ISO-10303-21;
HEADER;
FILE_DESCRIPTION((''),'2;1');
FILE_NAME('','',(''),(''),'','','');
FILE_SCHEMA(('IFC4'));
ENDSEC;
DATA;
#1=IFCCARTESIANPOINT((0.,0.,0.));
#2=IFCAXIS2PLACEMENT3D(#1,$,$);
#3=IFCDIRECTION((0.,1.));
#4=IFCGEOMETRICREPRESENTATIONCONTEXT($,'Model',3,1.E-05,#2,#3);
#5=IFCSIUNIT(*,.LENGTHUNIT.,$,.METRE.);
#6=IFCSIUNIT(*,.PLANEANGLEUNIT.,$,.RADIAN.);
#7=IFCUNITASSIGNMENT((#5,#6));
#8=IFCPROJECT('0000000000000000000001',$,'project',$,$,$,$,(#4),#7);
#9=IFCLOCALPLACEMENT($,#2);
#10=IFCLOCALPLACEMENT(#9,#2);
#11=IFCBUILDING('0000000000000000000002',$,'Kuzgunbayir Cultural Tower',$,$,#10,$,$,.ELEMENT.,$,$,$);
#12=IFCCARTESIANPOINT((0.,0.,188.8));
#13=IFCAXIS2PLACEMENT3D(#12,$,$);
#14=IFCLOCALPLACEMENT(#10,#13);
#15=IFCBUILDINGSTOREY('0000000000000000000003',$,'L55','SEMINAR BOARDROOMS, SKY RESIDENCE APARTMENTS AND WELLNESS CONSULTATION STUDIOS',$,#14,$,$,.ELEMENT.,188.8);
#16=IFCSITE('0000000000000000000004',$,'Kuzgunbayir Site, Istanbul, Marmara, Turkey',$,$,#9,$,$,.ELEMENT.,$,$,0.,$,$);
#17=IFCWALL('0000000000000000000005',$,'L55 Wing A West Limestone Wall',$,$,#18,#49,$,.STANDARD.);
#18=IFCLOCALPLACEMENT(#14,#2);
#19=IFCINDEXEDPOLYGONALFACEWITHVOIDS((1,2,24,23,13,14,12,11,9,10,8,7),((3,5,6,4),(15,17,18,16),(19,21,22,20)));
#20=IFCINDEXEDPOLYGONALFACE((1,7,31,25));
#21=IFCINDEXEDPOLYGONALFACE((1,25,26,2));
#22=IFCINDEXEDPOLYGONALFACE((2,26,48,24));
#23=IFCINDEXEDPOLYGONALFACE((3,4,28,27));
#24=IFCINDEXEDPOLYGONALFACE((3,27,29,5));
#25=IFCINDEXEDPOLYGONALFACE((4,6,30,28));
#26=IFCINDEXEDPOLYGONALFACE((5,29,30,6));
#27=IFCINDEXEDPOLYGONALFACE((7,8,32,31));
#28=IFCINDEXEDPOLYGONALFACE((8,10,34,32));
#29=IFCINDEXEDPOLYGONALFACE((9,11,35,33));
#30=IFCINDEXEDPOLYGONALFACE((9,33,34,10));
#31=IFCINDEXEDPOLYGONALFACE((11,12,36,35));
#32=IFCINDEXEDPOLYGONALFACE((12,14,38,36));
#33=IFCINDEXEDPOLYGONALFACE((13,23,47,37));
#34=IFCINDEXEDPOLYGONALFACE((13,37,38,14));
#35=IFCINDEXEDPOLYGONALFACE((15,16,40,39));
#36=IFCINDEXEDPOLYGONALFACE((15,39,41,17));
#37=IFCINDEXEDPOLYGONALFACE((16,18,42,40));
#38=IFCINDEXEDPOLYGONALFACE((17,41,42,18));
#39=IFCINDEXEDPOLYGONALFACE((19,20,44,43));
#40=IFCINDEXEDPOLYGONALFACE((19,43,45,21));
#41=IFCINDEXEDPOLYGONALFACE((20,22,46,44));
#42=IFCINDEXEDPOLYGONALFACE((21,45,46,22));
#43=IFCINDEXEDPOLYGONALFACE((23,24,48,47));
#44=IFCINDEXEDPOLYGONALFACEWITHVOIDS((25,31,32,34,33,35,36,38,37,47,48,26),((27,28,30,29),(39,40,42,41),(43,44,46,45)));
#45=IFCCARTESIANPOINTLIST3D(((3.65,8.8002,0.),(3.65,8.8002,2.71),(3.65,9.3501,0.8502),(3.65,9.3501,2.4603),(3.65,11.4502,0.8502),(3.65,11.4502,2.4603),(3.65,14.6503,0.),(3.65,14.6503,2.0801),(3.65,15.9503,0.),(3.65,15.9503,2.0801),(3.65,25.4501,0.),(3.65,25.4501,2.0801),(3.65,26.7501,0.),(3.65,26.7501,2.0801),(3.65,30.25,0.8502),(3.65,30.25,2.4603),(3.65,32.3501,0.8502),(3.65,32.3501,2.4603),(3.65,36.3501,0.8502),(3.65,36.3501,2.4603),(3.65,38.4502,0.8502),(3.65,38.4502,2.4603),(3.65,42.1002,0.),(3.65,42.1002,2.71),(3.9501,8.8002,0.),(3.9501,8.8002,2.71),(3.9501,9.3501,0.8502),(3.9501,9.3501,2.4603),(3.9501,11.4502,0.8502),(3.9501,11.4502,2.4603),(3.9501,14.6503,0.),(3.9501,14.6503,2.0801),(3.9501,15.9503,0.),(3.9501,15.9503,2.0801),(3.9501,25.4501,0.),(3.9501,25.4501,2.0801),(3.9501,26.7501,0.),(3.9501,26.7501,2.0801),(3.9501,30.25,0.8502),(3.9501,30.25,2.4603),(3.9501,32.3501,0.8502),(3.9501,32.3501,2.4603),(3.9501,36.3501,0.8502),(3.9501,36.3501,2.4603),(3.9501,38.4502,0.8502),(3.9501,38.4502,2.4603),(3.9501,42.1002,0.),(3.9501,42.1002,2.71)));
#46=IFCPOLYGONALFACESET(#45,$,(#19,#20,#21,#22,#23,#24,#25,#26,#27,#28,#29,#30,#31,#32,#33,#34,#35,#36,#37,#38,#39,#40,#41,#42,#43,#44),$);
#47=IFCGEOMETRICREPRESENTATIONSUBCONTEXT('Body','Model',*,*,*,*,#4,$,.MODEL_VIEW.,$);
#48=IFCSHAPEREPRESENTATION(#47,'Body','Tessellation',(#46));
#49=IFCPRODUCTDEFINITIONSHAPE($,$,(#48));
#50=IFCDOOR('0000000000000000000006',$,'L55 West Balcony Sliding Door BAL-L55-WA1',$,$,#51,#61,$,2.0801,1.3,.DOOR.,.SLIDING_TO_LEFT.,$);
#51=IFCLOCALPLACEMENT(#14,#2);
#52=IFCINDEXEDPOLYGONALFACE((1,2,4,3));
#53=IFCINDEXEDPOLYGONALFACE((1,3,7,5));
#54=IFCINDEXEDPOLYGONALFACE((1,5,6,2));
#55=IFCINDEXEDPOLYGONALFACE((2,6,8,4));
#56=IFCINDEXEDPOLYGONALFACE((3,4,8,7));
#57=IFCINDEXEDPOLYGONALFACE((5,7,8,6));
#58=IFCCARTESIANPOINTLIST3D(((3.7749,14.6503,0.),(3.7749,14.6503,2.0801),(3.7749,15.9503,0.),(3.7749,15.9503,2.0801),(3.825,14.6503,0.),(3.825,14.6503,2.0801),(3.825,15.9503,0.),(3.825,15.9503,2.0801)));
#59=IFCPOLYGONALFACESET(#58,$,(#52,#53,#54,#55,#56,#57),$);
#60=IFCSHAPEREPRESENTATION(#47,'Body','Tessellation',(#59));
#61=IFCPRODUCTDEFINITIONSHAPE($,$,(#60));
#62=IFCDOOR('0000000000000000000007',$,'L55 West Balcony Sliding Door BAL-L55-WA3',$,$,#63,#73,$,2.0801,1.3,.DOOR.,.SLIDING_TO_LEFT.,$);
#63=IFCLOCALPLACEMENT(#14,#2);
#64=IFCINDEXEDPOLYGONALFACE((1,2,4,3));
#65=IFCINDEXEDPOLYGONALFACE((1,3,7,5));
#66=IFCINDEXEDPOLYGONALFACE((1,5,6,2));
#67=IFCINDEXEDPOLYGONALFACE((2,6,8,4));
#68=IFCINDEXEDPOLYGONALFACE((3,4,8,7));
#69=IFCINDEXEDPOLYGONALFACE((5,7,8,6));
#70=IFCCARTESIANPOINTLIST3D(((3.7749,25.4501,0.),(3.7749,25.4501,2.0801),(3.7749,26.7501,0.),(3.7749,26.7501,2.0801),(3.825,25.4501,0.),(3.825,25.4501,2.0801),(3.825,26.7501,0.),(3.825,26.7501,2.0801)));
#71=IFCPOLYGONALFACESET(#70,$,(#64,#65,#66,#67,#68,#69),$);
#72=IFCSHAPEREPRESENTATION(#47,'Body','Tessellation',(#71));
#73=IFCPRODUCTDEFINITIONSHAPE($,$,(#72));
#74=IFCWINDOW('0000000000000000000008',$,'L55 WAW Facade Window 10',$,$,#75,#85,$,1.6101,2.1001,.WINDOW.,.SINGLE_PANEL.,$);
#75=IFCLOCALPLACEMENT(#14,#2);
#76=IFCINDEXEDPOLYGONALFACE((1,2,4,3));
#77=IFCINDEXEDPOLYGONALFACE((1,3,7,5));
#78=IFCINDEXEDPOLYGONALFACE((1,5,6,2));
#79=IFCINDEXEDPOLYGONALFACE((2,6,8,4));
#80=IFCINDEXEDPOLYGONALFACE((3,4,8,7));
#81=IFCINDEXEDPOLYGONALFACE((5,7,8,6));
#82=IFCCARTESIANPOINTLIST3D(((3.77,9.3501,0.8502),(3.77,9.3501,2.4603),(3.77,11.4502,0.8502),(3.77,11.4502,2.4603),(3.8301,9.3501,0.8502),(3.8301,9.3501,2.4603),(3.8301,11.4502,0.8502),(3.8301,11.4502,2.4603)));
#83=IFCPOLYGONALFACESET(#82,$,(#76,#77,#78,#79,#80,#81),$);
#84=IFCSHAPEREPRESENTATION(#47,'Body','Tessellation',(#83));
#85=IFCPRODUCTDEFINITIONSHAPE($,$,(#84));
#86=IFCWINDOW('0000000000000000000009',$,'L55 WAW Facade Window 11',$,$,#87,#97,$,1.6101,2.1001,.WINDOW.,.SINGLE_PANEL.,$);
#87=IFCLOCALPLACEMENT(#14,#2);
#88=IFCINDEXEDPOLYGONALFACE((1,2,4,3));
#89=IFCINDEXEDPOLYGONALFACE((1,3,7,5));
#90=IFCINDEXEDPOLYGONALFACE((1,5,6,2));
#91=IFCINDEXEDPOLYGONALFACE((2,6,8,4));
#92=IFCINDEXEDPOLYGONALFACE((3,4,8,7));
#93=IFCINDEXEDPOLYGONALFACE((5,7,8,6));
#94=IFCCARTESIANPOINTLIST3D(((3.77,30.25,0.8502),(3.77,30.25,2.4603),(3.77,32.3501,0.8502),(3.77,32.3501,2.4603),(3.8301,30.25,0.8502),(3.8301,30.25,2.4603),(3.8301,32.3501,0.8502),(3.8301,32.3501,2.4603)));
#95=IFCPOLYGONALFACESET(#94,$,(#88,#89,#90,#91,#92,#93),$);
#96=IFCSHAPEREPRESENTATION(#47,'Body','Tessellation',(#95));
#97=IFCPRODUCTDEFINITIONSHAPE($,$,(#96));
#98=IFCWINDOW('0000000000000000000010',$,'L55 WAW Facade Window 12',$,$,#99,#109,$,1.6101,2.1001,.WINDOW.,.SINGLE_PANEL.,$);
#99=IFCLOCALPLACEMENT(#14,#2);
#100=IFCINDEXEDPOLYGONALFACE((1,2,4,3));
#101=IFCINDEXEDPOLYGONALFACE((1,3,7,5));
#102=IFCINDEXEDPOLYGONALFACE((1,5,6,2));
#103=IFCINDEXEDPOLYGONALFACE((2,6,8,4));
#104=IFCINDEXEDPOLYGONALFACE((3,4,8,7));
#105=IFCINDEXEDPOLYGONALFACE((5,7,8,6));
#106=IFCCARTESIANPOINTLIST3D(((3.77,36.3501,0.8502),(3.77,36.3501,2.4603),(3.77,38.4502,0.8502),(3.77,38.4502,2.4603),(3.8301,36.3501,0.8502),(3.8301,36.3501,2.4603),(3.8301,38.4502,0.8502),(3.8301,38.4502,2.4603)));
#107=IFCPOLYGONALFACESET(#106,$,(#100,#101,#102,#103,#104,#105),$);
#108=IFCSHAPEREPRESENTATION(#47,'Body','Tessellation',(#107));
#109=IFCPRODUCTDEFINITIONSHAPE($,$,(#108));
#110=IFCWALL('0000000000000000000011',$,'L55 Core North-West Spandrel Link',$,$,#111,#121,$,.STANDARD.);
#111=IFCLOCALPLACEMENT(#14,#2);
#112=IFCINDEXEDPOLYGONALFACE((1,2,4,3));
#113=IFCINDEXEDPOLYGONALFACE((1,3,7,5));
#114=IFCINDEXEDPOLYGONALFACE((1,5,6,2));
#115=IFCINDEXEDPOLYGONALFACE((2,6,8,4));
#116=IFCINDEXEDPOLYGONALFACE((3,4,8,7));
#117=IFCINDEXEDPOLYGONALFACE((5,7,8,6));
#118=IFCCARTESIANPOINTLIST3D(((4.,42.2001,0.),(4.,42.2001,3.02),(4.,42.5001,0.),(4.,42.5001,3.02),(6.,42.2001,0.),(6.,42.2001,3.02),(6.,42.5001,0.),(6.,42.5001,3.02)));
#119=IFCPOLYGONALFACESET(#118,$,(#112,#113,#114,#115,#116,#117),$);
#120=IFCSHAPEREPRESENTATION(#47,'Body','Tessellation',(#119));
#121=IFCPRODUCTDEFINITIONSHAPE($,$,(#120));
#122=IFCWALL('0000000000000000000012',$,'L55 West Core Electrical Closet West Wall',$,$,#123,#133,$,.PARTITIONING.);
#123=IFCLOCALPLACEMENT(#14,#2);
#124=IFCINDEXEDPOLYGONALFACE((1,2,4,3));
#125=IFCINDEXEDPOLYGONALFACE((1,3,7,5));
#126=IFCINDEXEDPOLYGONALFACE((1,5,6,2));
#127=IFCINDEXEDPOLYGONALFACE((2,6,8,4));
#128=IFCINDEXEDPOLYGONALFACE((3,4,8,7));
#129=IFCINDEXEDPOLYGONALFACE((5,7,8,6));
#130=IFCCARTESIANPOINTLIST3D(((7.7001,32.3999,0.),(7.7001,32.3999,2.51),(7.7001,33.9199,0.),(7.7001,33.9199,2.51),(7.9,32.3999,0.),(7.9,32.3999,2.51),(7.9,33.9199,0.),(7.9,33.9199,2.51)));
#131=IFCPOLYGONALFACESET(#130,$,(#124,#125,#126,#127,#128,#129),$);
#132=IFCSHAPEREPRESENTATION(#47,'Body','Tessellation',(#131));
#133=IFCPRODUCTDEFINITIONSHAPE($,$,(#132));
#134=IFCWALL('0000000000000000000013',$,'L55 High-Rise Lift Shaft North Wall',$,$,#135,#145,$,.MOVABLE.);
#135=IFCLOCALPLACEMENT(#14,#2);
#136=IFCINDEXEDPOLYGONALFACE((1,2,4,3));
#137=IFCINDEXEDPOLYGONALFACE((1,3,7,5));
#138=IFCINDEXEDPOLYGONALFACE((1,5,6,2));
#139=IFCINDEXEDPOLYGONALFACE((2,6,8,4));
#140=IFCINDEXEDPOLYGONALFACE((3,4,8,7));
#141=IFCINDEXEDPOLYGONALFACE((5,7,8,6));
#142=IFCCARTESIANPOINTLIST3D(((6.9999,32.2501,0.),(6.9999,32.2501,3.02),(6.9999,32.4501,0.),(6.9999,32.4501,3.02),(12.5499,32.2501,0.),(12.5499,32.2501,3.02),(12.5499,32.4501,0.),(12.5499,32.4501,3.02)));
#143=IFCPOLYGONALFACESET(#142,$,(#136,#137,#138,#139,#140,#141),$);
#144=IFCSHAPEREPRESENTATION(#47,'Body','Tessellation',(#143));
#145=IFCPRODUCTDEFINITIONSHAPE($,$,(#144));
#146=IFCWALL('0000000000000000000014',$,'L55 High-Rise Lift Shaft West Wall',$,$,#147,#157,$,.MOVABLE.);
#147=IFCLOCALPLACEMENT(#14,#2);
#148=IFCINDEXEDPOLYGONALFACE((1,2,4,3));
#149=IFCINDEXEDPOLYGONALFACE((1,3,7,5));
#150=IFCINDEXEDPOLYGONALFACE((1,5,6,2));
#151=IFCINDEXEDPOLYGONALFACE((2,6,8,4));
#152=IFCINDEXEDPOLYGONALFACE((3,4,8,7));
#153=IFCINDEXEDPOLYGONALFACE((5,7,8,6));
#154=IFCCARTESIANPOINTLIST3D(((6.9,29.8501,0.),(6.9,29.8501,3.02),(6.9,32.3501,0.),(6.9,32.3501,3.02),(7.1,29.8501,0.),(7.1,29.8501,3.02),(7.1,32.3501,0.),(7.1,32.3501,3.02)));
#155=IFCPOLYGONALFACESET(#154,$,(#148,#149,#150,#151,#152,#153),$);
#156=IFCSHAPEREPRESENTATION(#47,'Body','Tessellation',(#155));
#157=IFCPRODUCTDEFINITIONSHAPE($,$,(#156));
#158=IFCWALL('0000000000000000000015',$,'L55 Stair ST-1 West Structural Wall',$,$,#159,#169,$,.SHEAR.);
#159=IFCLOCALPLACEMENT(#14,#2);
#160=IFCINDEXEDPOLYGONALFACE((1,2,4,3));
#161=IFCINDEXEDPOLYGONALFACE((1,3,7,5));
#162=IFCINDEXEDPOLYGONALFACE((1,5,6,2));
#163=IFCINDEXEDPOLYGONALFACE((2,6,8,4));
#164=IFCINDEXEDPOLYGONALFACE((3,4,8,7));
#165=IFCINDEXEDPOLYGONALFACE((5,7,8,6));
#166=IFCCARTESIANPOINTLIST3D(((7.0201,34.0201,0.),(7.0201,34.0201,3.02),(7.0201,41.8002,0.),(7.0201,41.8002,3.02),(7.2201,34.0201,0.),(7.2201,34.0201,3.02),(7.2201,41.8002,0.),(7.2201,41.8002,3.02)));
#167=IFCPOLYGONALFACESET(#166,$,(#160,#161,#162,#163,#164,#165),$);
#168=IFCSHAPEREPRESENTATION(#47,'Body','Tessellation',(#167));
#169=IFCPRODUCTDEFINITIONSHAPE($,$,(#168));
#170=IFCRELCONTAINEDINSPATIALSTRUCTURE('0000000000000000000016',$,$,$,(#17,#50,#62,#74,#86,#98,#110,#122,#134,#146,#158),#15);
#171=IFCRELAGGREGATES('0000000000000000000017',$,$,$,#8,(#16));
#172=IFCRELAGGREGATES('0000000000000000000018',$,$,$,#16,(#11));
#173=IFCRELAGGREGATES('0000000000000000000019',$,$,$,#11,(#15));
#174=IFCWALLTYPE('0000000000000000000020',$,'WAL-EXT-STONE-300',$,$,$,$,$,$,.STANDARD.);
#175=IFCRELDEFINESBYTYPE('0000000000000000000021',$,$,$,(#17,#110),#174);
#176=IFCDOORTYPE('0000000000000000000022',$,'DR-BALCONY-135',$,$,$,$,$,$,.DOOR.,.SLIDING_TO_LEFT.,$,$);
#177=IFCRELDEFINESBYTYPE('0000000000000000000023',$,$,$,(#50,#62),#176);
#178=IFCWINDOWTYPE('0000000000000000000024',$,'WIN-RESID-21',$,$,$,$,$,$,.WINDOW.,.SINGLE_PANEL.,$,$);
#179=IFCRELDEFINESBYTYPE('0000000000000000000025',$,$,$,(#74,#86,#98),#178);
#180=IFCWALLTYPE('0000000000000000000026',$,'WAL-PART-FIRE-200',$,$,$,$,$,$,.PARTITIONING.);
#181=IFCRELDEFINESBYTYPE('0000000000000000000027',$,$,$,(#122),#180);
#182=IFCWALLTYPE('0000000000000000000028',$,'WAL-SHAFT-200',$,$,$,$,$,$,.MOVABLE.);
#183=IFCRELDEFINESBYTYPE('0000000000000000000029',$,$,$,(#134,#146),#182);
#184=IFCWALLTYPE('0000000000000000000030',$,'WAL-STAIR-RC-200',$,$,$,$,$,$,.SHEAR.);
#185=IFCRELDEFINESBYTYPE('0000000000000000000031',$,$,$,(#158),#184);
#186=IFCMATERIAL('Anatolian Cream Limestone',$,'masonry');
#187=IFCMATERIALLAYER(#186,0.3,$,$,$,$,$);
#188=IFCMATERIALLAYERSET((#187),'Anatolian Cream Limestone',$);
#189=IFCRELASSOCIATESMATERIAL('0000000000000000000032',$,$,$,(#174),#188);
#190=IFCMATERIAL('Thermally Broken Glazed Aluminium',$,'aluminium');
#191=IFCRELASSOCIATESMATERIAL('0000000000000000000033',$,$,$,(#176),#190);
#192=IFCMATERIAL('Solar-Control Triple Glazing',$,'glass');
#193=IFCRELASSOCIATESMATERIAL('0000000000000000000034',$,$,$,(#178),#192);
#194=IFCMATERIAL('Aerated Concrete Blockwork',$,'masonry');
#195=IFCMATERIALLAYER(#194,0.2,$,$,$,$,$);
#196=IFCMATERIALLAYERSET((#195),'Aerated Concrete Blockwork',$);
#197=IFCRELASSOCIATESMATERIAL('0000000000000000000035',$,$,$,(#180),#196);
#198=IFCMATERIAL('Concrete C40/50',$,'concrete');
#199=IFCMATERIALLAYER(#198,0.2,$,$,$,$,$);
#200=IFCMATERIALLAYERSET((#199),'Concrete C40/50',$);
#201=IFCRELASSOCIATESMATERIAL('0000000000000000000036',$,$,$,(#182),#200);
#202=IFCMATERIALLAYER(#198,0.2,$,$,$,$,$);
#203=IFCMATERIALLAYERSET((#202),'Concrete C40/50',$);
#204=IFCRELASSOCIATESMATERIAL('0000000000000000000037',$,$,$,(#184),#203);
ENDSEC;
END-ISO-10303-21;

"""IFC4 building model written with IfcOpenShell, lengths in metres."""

from ifc_helpers import new_model, si_unit, direction, frame, frame_2d, origin, place, context, subcontext, project, spatial, rectangle, extrude, material, layer, layer_set, type_object, element, fill, save


model = new_model("IFC4")

# Units and contexts
model_context = context("Model", 3, precision=1e-05, world=origin(), true_north=direction((0.0, 1.0)))
body_context = subcontext(model_context, "Body", "Model", "MODEL_VIEW")
ifc_project = project(units=[si_unit("LENGTHUNIT", "METRE"), si_unit("PLANEANGLEUNIT", "RADIAN")], contexts=[model_context])

# Site, building, storey
site_placement = place(None, origin())
site = spatial("IfcSite", under=ifc_project, at=site_placement, Name="Kuzgunbayir Site, Istanbul, Marmara, Turkey", CompositionType="ELEMENT", RefElevation=0.0)
building_placement = place(site_placement, origin())
building = spatial("IfcBuilding", under=site, at=building_placement, Name="Kuzgunbayir Cultural Tower", CompositionType="ELEMENT")
storey_placement = place(building_placement, frame((0.0, 0.0, 188.8)))
storey = spatial("IfcBuildingStorey", under=building, at=storey_placement, Name="L55", Description="SEMINAR BOARDROOMS, SKY RESIDENCE APARTMENTS AND WELLNESS CONSULTATION STUDIOS", CompositionType="ELEMENT", Elevation=188.8)

# Wall, openings, doors, windows
ifc_material_1 = material(Name="Anatolian Cream Limestone", Category="masonry")
ifc_layer_1 = layer(ifc_material_1, 0.3)
ifc_layer_set_1 = layer_set([ifc_layer_1], Name="Anatolian Cream Limestone")
wall_type_1 = type_object("IfcWallType", Name="WAL-EXT-STONE-300", PredefinedType="STANDARD", material=ifc_layer_set_1)
wall_1_placement = place(storey_placement, frame((3.8, 42.1001, 0.0), z_axis=(0.0, 0.0, 1.0), x_axis=(0.0, -1.0, 0.0)))
wall_1 = element("IfcWall", 1, at=wall_1_placement, inside=storey, type_object=wall_type_1, Name="L55 Wing A West Limestone Wall", PredefinedType="STANDARD", context=body_context, shape_type="SweptSolid", body=[
    extrude(rectangle(XDim=33.3, YDim=0.3, at=frame_2d((16.6499, 0.0))), origin(), (0.0, 0.0, 1.0), 2.71),
])
opening_1_placement = place(wall_1_placement, frame((26.1499, 0.0, 0.0)))
opening_1 = element("IfcOpeningElement", 2, at=opening_1_placement, cuts=wall_1, PredefinedType="OPENING", context=body_context, shape_type="SweptSolid", body=[
    extrude(rectangle(XDim=1.3, YDim=2.0801, at=frame_2d((0.6499, 1.04))), frame((0.0, 0.1602, 0.0), z_axis=(0.0, -1.0, 0.0), x_axis=(1.0, 0.0, 0.0)), (0.0, 0.0, 1.0), 0.3201),
])
opening_2_placement = place(wall_1_placement, frame((15.3501, 0.0, 0.0)))
opening_2 = element("IfcOpeningElement", 3, at=opening_2_placement, cuts=wall_1, PredefinedType="OPENING", context=body_context, shape_type="SweptSolid", body=[
    extrude(rectangle(XDim=1.3, YDim=2.0801, at=frame_2d((0.6499, 1.04))), frame((0.0, 0.1602, 0.0), z_axis=(0.0, -1.0, 0.0), x_axis=(1.0, 0.0, 0.0)), (0.0, 0.0, 1.0), 0.3201),
])
opening_3_placement = place(wall_1_placement, frame((30.6499, 0.0, 0.8501)))
opening_3 = element("IfcOpeningElement", 4, at=opening_3_placement, cuts=wall_1, PredefinedType="OPENING", context=body_context, shape_type="SweptSolid", body=[
    extrude(rectangle(XDim=2.1001, YDim=1.6101, at=frame_2d((1.05, 0.8052))), frame((0.0, 0.1602, 0.0), z_axis=(0.0, -1.0, 0.0), x_axis=(1.0, 0.0, 0.0)), (0.0, 0.0, 1.0), 0.3201),
])
opening_4_placement = place(wall_1_placement, frame((9.75, 0.0, 0.8501)))
opening_4 = element("IfcOpeningElement", 5, at=opening_4_placement, cuts=wall_1, PredefinedType="OPENING", context=body_context, shape_type="SweptSolid", body=[
    extrude(rectangle(XDim=2.1001, YDim=1.6101, at=frame_2d((1.05, 0.8052))), frame((0.0, 0.1602, 0.0), z_axis=(0.0, -1.0, 0.0), x_axis=(1.0, 0.0, 0.0)), (0.0, 0.0, 1.0), 0.3201),
])
opening_5_placement = place(wall_1_placement, frame((3.6499, 0.0, 0.8501)))
opening_5 = element("IfcOpeningElement", 6, at=opening_5_placement, cuts=wall_1, PredefinedType="OPENING", context=body_context, shape_type="SweptSolid", body=[
    extrude(rectangle(XDim=2.1001, YDim=1.6101, at=frame_2d((1.05, 0.8052))), frame((0.0, 0.1602, 0.0), z_axis=(0.0, -1.0, 0.0), x_axis=(1.0, 0.0, 0.0)), (0.0, 0.0, 1.0), 0.3201),
])
ifc_material_2 = material(Name="Thermally Broken Glazed Aluminium", Category="aluminium")
door_type_1 = type_object("IfcDoorType", Name="DR-BALCONY-135", OperationType="SLIDING_TO_LEFT", PredefinedType="DOOR", material=ifc_material_2)
door_1_placement = place(opening_1_placement, origin())
door_1 = element("IfcDoor", 7, at=door_1_placement, inside=storey, type_object=door_type_1, Name="L55 West Balcony Sliding Door BAL-L55-WA1", OperationType="SLIDING_TO_LEFT", OverallHeight=2.0801, OverallWidth=1.3, PredefinedType="DOOR", context=body_context, shape_type="SweptSolid", body=[
    extrude(rectangle(XDim=1.3, YDim=2.0801, at=frame_2d((0.6499, 1.04))), frame((0.0, 0.0249, 0.0), z_axis=(0.0, -1.0, 0.0), x_axis=(1.0, 0.0, 0.0)), (0.0, 0.0, 1.0), 0.05),
])
fill(opening_1, door_1)
door_2_placement = place(opening_2_placement, origin())
door_2 = element("IfcDoor", 8, at=door_2_placement, inside=storey, type_object=door_type_1, Name="L55 West Balcony Sliding Door BAL-L55-WA3", OperationType="SLIDING_TO_LEFT", OverallHeight=2.0801, OverallWidth=1.3, PredefinedType="DOOR", context=body_context, shape_type="SweptSolid", body=[
    extrude(rectangle(XDim=1.3, YDim=2.0801, at=frame_2d((0.6499, 1.04))), frame((0.0, 0.0249, 0.0), z_axis=(0.0, -1.0, 0.0), x_axis=(1.0, 0.0, 0.0)), (0.0, 0.0, 1.0), 0.05),
])
fill(opening_2, door_2)
ifc_material_3 = material(Name="Solar-Control Triple Glazing", Category="glass")
window_type = type_object("IfcWindowType", Name="WIN-RESID-21", PartitioningType="SINGLE_PANEL", PredefinedType="WINDOW", material=ifc_material_3)
window_1_placement = place(opening_3_placement, origin())
window_1 = element("IfcWindow", 9, at=window_1_placement, inside=storey, type_object=window_type, Name="L55 WAW Facade Window 10", OverallHeight=1.6101, OverallWidth=2.1001, PartitioningType="SINGLE_PANEL", PredefinedType="WINDOW", context=body_context, shape_type="SweptSolid", body=[
    extrude(rectangle(XDim=2.1001, YDim=1.6101, at=frame_2d((1.05, 0.8052))), frame((0.0, 0.03, 0.0), z_axis=(0.0, -1.0, 0.0), x_axis=(1.0, 0.0, 0.0)), (0.0, 0.0, 1.0), 0.0601),
])
fill(opening_3, window_1)
window_2_placement = place(opening_4_placement, origin())
window_2 = element("IfcWindow", 10, at=window_2_placement, inside=storey, type_object=window_type, Name="L55 WAW Facade Window 11", OverallHeight=1.6101, OverallWidth=2.1001, PartitioningType="SINGLE_PANEL", PredefinedType="WINDOW", context=body_context, shape_type="SweptSolid", body=[
    extrude(rectangle(XDim=2.1001, YDim=1.6101, at=frame_2d((1.05, 0.8052))), frame((0.0, 0.03, 0.0), z_axis=(0.0, -1.0, 0.0), x_axis=(1.0, 0.0, 0.0)), (0.0, 0.0, 1.0), 0.0601),
])
fill(opening_4, window_2)
window_3_placement = place(opening_5_placement, origin())
window_3 = element("IfcWindow", 11, at=window_3_placement, inside=storey, type_object=window_type, Name="L55 WAW Facade Window 12", OverallHeight=1.6101, OverallWidth=2.1001, PartitioningType="SINGLE_PANEL", PredefinedType="WINDOW", context=body_context, shape_type="SweptSolid", body=[
    extrude(rectangle(XDim=2.1001, YDim=1.6101, at=frame_2d((1.05, 0.8052))), frame((0.0, 0.03, 0.0), z_axis=(0.0, -1.0, 0.0), x_axis=(1.0, 0.0, 0.0)), (0.0, 0.0, 1.0), 0.0601),
])
fill(opening_5, window_3)

# Walls
wall_2_placement = place(storey_placement, frame((6.0, 42.3501, 0.0), z_axis=(0.0, 0.0, 1.0), x_axis=(-1.0, 0.0, 0.0)))
element("IfcWall", 12, at=wall_2_placement, inside=storey, type_object=wall_type_1, Name="L55 Core North-West Spandrel Link", PredefinedType="STANDARD", context=body_context, shape_type="SweptSolid", body=[
    extrude(rectangle(XDim=2.0, YDim=0.3, at=frame_2d((1.0, 0.0))), origin(), (0.0, 0.0, 1.0), 3.02),
])
ifc_material_4 = material(Name="Aerated Concrete Blockwork", Category="masonry")
ifc_layer_2 = layer(ifc_material_4, 0.2)
ifc_layer_set_2 = layer_set([ifc_layer_2], Name="Aerated Concrete Blockwork")
wall_type_2 = type_object("IfcWallType", Name="WAL-PART-FIRE-200", PredefinedType="PARTITIONING", material=ifc_layer_set_2)
wall_3_placement = place(storey_placement, frame((7.8, 32.3999, 0.0), z_axis=(0.0, 0.0, 1.0), x_axis=(0.0, 1.0, 0.0)))
element("IfcWall", 13, at=wall_3_placement, inside=storey, type_object=wall_type_2, Name="L55 West Core Electrical Closet West Wall", PredefinedType="PARTITIONING", context=body_context, shape_type="SweptSolid", body=[
    extrude(rectangle(XDim=1.52, YDim=0.2, at=frame_2d((0.76, 0.0))), origin(), (0.0, 0.0, 1.0), 2.51),
])

# Shared definitions
ifc_material_5 = material(Name="Concrete C40/50", Category="concrete")
ifc_layer_3 = layer(ifc_material_5, 0.2)
ifc_layer_set_3 = layer_set([ifc_layer_3], Name="Concrete C40/50")
wall_type_3 = type_object("IfcWallType", Name="WAL-SHAFT-200", PredefinedType="MOVABLE", material=ifc_layer_set_3)

# Walls
wall_4_placement = place(storey_placement, frame((7.0, 32.3501, 0.0), z_axis=(0.0, 0.0, 1.0), x_axis=(1.0, 0.0, 0.0)))
element("IfcWall", 14, at=wall_4_placement, inside=storey, type_object=wall_type_3, Name="L55 High-Rise Lift Shaft North Wall", PredefinedType="MOVABLE", context=body_context, shape_type="SweptSolid", body=[
    extrude(rectangle(XDim=5.55, YDim=0.2, at=frame_2d((2.7749, 0.0))), origin(), (0.0, 0.0, 1.0), 3.02),
])
wall_5_placement = place(storey_placement, frame((7.0, 29.8501, 0.0), z_axis=(0.0, 0.0, 1.0), x_axis=(0.0, 1.0, 0.0)))
element("IfcWall", 15, at=wall_5_placement, inside=storey, type_object=wall_type_3, Name="L55 High-Rise Lift Shaft West Wall", PredefinedType="MOVABLE", context=body_context, shape_type="SweptSolid", body=[
    extrude(rectangle(XDim=2.5, YDim=0.2, at=frame_2d((1.25, 0.0))), origin(), (0.0, 0.0, 1.0), 3.02),
])
ifc_layer_4 = layer(ifc_material_5, 0.2)
ifc_layer_set_4 = layer_set([ifc_layer_4], Name="Concrete C40/50")
wall_type_4 = type_object("IfcWallType", Name="WAL-STAIR-RC-200", PredefinedType="SHEAR", material=ifc_layer_set_4)
wall_6_placement = place(storey_placement, frame((7.1201, 34.02, 0.0), z_axis=(0.0, 0.0, 1.0), x_axis=(0.0, 1.0, 0.0)))
element("IfcWall", 16, at=wall_6_placement, inside=storey, type_object=wall_type_4, Name="L55 Stair ST-1 West Structural Wall", PredefinedType="SHEAR", context=body_context, shape_type="SweptSolid", body=[
    extrude(rectangle(XDim=7.78, YDim=0.2, at=frame_2d((3.8901, 0.0))), origin(), (0.0, 0.0, 1.0), 3.02),
])

save(model, "model.ifc")
